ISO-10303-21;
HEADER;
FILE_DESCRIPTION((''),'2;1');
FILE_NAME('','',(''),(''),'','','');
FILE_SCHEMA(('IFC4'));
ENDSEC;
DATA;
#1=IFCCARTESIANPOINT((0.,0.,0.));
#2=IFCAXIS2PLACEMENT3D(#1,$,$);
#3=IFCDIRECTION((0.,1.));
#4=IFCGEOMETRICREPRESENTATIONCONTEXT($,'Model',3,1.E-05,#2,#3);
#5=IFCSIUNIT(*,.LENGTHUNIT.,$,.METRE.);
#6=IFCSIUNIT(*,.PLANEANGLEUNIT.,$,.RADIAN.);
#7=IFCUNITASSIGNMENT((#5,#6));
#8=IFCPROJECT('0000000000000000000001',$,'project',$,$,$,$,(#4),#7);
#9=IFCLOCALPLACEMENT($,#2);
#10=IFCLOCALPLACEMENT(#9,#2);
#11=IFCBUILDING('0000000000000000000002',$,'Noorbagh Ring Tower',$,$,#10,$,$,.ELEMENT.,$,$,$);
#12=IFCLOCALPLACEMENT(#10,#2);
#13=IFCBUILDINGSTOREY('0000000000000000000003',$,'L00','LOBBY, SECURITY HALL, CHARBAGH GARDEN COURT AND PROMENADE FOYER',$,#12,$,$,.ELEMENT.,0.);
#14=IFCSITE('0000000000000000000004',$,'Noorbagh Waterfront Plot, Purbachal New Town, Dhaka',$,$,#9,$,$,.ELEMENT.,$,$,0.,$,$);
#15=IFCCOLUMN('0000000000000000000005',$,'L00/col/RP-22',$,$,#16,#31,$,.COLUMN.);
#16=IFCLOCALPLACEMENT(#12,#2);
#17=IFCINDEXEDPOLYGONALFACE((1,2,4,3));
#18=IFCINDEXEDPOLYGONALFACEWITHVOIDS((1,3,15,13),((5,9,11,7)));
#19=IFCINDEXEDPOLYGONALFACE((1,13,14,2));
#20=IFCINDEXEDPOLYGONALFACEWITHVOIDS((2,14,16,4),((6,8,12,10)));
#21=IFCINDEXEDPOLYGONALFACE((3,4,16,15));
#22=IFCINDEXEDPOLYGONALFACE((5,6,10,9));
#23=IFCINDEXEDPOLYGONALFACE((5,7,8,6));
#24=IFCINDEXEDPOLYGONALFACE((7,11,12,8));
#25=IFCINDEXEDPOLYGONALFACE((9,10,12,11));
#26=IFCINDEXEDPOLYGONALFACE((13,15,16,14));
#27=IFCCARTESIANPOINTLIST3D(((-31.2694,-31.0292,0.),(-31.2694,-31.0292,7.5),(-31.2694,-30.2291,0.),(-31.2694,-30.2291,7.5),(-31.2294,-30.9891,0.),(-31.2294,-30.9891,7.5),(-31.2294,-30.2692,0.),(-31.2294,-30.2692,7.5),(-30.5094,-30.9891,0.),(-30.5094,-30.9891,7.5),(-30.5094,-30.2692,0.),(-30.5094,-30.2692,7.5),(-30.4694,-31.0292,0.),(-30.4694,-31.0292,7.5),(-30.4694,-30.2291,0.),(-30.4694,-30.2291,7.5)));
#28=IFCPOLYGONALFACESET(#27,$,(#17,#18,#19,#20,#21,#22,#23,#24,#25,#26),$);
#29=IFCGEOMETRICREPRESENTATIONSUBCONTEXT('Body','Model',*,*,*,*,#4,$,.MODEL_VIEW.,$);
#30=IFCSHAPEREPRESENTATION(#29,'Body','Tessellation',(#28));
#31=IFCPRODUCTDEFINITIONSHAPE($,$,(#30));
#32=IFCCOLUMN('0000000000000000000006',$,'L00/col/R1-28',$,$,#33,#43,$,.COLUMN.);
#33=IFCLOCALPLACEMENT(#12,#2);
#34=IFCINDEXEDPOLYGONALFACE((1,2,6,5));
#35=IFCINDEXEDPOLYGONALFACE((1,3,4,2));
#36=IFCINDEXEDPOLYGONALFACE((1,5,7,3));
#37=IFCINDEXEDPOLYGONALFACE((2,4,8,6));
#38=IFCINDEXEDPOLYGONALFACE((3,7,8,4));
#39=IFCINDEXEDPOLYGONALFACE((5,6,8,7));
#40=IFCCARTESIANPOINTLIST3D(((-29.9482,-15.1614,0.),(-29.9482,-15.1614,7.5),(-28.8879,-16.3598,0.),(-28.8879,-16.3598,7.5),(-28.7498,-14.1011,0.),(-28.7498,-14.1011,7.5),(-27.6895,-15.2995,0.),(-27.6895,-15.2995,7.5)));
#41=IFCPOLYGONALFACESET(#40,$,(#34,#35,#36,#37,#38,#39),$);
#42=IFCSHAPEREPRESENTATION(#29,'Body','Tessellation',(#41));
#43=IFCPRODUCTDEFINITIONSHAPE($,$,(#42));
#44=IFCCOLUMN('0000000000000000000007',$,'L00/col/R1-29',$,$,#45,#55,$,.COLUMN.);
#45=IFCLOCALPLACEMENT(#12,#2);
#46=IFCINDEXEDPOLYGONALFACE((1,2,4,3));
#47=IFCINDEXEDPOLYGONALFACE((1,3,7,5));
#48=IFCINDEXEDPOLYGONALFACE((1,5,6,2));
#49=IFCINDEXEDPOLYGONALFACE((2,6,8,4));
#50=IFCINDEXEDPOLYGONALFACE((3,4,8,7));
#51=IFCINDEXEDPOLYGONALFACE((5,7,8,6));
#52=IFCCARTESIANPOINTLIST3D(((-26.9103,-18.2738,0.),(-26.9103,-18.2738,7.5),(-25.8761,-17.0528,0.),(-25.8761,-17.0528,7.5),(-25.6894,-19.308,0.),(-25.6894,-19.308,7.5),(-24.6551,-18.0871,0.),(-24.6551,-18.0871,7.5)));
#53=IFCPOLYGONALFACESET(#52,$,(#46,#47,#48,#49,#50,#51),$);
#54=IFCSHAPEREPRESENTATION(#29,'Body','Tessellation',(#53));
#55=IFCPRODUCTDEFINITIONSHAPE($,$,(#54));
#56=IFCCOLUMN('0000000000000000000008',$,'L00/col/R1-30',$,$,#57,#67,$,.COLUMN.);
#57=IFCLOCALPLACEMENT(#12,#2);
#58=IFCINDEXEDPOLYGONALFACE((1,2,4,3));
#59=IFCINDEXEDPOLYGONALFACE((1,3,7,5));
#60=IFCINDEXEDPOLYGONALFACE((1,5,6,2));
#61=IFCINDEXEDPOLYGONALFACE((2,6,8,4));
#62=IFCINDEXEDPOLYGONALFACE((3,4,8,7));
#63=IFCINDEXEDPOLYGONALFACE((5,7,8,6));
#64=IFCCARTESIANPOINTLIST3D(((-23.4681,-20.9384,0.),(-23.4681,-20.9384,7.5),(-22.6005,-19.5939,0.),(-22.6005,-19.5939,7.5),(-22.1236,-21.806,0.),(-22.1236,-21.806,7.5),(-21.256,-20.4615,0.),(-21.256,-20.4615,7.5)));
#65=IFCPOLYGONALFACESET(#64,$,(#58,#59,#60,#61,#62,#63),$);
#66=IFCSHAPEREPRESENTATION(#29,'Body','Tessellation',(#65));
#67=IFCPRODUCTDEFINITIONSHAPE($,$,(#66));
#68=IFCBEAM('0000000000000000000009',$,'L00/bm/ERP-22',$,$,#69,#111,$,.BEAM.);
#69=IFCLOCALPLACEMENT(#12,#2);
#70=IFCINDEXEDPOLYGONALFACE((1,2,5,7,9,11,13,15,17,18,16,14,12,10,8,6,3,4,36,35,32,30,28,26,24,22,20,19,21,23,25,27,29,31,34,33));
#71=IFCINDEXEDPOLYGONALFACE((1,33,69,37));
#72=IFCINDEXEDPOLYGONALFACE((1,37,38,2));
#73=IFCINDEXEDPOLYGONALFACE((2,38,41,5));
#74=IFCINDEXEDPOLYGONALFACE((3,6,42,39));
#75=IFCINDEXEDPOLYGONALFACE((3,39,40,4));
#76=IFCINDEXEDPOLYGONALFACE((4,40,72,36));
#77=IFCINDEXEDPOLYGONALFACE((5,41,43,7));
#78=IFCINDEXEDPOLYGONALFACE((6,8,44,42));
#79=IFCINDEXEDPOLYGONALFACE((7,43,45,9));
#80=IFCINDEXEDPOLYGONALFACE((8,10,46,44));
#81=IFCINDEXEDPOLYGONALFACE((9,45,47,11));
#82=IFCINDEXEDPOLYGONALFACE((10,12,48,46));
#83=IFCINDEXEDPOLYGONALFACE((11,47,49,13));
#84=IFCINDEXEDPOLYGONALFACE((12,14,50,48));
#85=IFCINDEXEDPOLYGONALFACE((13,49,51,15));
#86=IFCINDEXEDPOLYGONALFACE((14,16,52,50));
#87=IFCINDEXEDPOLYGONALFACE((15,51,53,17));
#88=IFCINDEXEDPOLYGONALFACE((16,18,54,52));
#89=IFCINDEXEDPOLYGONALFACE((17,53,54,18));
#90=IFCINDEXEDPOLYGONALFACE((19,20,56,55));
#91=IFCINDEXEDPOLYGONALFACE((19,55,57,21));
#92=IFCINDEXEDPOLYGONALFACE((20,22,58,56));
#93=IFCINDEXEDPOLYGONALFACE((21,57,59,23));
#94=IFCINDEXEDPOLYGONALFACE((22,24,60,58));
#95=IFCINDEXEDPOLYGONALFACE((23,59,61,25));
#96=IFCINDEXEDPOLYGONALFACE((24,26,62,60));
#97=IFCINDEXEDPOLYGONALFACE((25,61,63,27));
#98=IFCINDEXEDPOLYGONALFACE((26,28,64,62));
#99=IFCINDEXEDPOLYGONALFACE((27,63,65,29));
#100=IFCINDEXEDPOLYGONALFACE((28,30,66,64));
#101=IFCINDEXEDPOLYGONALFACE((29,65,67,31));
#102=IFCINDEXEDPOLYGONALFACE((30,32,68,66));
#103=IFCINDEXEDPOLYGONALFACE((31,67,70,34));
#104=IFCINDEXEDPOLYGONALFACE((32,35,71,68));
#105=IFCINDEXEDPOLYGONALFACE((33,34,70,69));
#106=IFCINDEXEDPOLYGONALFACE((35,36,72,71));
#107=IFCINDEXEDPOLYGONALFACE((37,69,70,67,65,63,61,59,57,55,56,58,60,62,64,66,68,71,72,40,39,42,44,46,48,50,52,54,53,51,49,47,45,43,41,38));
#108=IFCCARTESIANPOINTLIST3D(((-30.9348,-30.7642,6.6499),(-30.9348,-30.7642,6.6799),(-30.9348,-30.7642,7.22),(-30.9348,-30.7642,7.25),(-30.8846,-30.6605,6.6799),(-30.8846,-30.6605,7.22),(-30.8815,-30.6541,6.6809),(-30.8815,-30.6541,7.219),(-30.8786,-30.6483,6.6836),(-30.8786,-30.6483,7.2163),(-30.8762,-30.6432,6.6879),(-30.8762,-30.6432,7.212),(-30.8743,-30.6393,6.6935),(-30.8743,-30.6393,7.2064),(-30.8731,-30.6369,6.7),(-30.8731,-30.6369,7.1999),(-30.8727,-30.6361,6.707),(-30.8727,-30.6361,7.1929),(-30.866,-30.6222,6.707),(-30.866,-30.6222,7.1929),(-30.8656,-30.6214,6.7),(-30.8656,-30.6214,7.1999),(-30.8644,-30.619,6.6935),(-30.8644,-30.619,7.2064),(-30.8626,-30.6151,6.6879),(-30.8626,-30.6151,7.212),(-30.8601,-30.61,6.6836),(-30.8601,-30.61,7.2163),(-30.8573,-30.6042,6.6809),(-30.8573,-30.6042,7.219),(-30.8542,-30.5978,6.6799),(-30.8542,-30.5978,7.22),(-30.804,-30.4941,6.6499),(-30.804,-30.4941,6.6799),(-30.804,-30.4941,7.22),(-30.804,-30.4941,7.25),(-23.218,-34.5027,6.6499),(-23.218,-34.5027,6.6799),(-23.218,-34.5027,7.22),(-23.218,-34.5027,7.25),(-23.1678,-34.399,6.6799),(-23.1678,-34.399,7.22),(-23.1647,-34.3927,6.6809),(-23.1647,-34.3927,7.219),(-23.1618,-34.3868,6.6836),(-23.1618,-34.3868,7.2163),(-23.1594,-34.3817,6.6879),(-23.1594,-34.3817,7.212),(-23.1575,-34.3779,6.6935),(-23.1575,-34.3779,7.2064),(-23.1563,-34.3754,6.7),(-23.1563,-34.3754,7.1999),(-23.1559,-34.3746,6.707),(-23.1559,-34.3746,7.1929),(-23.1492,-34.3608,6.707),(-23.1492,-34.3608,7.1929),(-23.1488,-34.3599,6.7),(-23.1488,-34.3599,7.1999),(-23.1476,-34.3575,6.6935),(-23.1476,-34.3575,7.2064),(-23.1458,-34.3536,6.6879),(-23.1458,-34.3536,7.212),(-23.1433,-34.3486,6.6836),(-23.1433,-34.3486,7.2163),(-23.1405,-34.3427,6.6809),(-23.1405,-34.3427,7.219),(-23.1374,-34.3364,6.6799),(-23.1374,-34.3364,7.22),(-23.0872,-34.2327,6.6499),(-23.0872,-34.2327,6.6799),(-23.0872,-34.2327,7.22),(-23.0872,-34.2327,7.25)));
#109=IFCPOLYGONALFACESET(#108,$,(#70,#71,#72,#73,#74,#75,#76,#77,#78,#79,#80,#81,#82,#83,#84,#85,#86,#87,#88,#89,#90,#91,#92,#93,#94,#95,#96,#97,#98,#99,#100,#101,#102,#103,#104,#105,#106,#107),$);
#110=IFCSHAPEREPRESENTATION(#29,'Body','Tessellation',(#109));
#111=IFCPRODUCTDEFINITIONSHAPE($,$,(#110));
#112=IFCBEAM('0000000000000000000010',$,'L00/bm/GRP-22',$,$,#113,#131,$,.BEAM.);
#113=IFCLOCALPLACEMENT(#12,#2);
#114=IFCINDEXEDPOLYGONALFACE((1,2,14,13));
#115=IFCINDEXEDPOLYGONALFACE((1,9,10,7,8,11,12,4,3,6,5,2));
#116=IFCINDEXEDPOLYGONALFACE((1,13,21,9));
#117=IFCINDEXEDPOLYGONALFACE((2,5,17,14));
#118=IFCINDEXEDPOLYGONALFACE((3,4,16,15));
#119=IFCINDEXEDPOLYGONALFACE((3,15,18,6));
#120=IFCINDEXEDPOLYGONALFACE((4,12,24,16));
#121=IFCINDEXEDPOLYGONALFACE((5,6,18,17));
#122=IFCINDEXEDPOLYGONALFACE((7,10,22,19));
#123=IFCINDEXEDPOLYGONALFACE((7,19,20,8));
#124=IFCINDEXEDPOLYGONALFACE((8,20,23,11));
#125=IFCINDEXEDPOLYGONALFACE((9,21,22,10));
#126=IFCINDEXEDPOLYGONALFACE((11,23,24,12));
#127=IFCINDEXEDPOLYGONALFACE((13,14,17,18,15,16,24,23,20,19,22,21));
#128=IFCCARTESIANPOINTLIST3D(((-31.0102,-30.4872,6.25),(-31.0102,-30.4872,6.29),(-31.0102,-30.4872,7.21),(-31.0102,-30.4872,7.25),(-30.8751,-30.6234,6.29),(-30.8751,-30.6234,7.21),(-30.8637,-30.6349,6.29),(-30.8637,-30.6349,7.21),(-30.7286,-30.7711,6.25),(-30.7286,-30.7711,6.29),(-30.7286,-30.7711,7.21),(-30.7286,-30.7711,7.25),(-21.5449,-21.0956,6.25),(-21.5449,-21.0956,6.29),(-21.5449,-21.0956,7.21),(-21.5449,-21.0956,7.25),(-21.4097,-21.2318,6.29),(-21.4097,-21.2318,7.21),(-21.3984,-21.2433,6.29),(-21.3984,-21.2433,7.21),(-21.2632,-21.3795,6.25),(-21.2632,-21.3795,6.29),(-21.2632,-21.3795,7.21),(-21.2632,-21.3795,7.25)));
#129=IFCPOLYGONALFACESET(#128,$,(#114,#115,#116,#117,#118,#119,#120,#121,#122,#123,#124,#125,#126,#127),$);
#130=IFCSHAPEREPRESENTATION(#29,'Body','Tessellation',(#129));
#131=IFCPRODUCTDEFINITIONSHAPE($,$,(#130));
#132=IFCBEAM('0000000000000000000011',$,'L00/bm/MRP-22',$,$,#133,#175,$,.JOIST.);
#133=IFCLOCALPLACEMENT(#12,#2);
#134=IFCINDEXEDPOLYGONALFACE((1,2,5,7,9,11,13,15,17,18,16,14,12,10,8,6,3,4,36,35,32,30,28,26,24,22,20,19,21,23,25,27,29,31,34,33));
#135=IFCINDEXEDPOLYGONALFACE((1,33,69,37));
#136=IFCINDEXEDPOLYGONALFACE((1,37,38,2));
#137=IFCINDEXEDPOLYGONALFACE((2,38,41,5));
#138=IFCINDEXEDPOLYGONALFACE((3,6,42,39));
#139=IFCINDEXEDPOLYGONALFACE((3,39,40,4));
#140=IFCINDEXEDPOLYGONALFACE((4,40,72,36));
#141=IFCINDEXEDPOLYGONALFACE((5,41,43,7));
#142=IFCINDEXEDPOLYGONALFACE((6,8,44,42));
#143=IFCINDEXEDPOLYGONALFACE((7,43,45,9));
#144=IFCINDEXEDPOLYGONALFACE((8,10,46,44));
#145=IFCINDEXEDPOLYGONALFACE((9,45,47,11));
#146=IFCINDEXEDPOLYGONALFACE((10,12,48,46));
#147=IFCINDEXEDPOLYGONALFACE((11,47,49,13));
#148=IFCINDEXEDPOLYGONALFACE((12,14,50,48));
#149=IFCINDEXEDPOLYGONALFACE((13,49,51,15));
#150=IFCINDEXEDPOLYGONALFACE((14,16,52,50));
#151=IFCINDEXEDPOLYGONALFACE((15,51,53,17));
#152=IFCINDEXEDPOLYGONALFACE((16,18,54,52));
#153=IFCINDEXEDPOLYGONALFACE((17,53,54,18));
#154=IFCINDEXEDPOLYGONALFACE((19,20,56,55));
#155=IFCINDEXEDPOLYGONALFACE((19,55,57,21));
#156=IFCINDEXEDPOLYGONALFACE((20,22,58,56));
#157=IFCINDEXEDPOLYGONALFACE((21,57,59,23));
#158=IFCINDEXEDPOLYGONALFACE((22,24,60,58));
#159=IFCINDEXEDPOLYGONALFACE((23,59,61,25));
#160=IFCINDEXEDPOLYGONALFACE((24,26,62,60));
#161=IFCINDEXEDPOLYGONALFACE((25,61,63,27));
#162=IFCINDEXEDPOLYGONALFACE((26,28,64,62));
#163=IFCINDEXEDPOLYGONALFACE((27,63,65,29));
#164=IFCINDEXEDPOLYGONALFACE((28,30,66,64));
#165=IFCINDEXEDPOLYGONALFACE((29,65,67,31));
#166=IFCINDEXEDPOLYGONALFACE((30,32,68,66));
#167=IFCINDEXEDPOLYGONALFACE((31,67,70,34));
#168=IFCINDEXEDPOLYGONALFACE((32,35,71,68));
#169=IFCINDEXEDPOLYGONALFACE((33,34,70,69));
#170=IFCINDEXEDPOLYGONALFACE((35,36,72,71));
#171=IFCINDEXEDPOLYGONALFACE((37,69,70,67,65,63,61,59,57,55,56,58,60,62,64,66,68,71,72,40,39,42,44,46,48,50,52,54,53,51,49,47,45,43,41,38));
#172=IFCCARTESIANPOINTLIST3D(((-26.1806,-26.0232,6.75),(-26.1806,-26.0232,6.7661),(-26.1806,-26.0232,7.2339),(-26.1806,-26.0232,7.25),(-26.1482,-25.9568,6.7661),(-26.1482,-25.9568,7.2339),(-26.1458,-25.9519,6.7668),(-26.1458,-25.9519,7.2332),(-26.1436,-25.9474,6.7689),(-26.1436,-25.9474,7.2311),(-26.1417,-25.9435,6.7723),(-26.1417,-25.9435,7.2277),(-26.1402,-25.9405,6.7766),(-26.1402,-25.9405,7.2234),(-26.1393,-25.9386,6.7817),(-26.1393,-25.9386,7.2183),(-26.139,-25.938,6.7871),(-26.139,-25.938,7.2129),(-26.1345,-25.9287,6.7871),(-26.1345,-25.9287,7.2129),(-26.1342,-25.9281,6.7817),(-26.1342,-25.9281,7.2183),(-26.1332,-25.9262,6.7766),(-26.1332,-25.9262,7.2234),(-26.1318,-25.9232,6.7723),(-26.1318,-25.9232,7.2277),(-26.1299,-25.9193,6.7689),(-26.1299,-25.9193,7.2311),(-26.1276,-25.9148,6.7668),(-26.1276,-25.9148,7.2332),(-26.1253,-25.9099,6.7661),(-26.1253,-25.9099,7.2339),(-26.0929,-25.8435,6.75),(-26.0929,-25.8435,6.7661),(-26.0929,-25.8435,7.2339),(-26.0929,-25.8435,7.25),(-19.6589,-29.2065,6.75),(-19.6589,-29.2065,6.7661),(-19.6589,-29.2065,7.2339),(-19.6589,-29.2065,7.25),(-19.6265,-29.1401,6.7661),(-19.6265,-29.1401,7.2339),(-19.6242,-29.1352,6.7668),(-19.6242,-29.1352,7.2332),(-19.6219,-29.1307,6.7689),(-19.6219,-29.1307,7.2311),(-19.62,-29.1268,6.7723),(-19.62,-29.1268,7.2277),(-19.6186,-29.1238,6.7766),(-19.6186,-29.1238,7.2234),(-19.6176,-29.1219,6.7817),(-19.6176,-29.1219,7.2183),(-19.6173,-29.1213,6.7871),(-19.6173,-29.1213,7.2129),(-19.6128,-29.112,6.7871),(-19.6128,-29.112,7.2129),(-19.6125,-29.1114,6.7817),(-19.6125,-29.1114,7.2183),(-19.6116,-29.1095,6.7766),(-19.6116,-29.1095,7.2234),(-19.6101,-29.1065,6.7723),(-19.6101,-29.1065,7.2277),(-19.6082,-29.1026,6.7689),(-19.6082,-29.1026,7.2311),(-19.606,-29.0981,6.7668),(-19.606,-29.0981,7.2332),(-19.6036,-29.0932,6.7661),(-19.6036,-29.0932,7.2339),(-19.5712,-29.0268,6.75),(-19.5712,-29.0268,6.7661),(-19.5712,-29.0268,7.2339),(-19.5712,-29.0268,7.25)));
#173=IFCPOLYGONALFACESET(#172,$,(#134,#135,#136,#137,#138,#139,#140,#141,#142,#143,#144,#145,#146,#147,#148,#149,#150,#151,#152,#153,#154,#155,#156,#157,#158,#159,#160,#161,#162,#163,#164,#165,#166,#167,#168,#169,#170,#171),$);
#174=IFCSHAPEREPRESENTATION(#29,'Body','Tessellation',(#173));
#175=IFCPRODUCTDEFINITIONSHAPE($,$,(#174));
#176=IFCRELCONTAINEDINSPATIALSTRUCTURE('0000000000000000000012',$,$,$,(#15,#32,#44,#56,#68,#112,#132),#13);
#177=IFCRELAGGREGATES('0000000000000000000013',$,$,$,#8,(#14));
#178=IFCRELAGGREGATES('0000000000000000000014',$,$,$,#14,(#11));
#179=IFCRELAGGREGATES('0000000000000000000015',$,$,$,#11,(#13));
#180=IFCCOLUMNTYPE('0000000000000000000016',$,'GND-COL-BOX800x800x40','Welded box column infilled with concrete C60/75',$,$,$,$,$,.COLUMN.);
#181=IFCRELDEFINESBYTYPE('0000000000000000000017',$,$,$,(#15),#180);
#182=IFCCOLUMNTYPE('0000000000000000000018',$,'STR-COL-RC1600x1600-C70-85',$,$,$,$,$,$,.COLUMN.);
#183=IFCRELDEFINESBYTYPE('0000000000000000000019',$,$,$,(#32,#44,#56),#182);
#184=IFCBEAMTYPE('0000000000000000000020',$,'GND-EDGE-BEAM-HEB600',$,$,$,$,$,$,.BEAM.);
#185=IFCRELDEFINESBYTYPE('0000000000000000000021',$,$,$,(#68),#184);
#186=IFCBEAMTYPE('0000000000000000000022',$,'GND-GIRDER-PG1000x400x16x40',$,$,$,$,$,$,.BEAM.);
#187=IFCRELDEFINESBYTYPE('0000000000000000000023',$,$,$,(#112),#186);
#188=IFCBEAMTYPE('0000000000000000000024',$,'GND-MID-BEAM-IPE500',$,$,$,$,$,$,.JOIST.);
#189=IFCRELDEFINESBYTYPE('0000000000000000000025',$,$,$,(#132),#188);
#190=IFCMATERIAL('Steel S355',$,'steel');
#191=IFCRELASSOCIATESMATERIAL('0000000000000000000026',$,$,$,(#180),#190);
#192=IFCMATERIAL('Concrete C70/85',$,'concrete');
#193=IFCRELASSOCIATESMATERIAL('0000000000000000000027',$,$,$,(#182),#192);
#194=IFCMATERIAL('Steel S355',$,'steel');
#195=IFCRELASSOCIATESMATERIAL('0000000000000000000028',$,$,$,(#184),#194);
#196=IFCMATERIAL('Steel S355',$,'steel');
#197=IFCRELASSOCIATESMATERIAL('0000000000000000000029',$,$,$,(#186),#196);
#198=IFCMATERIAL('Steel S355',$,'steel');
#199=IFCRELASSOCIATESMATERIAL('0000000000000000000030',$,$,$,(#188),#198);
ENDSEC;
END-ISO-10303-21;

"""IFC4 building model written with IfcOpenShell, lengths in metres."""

from ifc_helpers import new_model, si_unit, direction, frame, origin, origin_2d, place, context, subcontext, project, spatial, rectangle, hollow_rectangle, i_section, extrude, material, material_profile, profile_set, type_object, element, save


model = new_model("IFC4")

# Units and contexts
model_context = context("Model", 3, precision=1e-05, world=origin(), true_north=direction((0.0, 1.0)))
body_context = subcontext(model_context, "Body", "Model", "MODEL_VIEW")
ifc_project = project(units=[si_unit("LENGTHUNIT", "METRE"), si_unit("PLANEANGLEUNIT", "RADIAN")], contexts=[model_context])

# Site, building, storey
site_placement = place(None, origin())
site = spatial("IfcSite", under=ifc_project, at=site_placement, Name="Noorbagh Waterfront Plot, Purbachal New Town, Dhaka", CompositionType="ELEMENT", RefElevation=0.0)
building_placement = place(site_placement, origin())
building = spatial("IfcBuilding", under=site, at=building_placement, Name="Noorbagh Ring Tower", CompositionType="ELEMENT")
storey_placement = place(building_placement, origin())
storey = spatial("IfcBuildingStorey", under=building, at=storey_placement, Name="L00", Description="LOBBY, SECURITY HALL, CHARBAGH GARDEN COURT AND PROMENADE FOYER", CompositionType="ELEMENT", Elevation=0.0)

# Columns
ifc_material_1 = material(Name="Steel S355", Category="steel")
ifc_material_profile_1 = material_profile(ifc_material_1, hollow_rectangle(XDim=0.8, YDim=0.8, WallThickness=0.04, at=origin_2d()), Name="BOX800x800x40")
ifc_profile_set_1 = profile_set([ifc_material_profile_1], Name="Steel S355")
column_type_1 = type_object("IfcColumnType", Name="GND-COL-BOX800x800x40", Description="Welded box column infilled with concrete C60/75", PredefinedType="COLUMN", material=ifc_profile_set_1)
column_placement = place(storey_placement, frame((-30.8694, -30.6292, 0.0), z_axis=(0.0, 0.0, 1.0), x_axis=(1.0, 0.0, 0.0)))
element("IfcColumn", 1, at=column_placement, inside=storey, type_object=column_type_1, Name="L00/col/RP-22", PredefinedType="COLUMN", context=body_context, shape_type="SweptSolid", body=[
    extrude(hollow_rectangle(XDim=0.8, YDim=0.8, WallThickness=0.04, at=origin_2d()), origin(), (0.0, 0.0, 1.0), 7.5),
])
ifc_material_2 = material(Name="Concrete C70/85", Category="concrete")
ifc_material_profile_2 = material_profile(ifc_material_2, rectangle(XDim=1.6001, YDim=1.6001, at=origin_2d()), Name="RC1600x1600")
ifc_profile_set_2 = profile_set([ifc_material_profile_2], Name="Concrete C70/85")
column_type_2 = type_object("IfcColumnType", Name="STR-COL-RC1600x1600-C70-85", PredefinedType="COLUMN", material=ifc_profile_set_2)
for number, where, z_axis, x_axis, name in (
    (2, (-28.8188, -15.2305, 0.0), (0.0, 0.0, 1.0), (0.662636, -0.748942, 0.0), "L00/col/R1-28"),
    (3, (-25.7827, -18.1804, 0.0), (0.0, 0.0, 1.0), (0.763035, -0.646357, 0.0), "L00/col/R1-29"),
    (4, (-22.3621, -20.7, 0.0), (0.0, 0.0, 1.0), (0.840248, -0.542203, 0.0), "L00/col/R1-30"),
):
    element("IfcColumn", number, at=place(storey_placement, frame(where, z_axis=z_axis, x_axis=x_axis)), inside=storey, type_object=column_type_2, Name=name, PredefinedType="COLUMN", context=body_context, shape_type="SweptSolid", body=[
        extrude(rectangle(XDim=1.6001, YDim=1.6001, at=origin_2d()), origin(), (0.0, 0.0, 1.0), 7.5),
    ])

# Beams
ifc_material_3 = material(Name="Steel S355", Category="steel")
ifc_material_profile_3 = material_profile(ifc_material_3, i_section(OverallWidth=0.3, OverallDepth=0.6001, WebThickness=0.0154, FlangeThickness=0.03, FilletRadius=0.0271, at=origin_2d()), Name="HEB600")
ifc_profile_set_3 = profile_set([ifc_material_profile_3], Name="Steel S355")
beam_type_1 = type_object("IfcBeamType", Name="GND-EDGE-BEAM-HEB600", PredefinedType="BEAM", material=ifc_profile_set_3)
beam_1_placement = place(storey_placement, frame((-30.8694, -30.6292, 6.95), z_axis=(0.899949, -0.435995, 0.0), x_axis=(0.435995, 0.899949, 0.0)))
element("IfcBeam", 5, at=beam_1_placement, inside=storey, type_object=beam_type_1, Name="L00/bm/ERP-22", PredefinedType="BEAM", context=body_context, shape_type="SweptSolid", body=[
    extrude(i_section(OverallWidth=0.3, OverallDepth=0.6001, WebThickness=0.0154, FlangeThickness=0.03, FilletRadius=0.0271, at=origin_2d()), origin(), (0.0, 0.0, 1.0), 8.5747),
])
ifc_material_4 = material(Name="Steel S355", Category="steel")
ifc_material_profile_4 = material_profile(ifc_material_4, i_section(OverallWidth=0.3999, OverallDepth=1.0, WebThickness=0.0161, FlangeThickness=0.04, at=origin_2d()), Name="PG1000x400x16x40")
ifc_profile_set_4 = profile_set([ifc_material_profile_4], Name="Steel S355")
beam_type_2 = type_object("IfcBeamType", Name="GND-GIRDER-PG1000x400x16x40", PredefinedType="BEAM", material=ifc_profile_set_4)
beam_2_placement = place(storey_placement, frame((-30.8694, -30.6292, 6.75), z_axis=(0.709866, 0.704337, 0.0), x_axis=(-0.704337, 0.709866, 0.0)))
element("IfcBeam", 6, at=beam_2_placement, inside=storey, type_object=beam_type_2, Name="L00/bm/GRP-22", PredefinedType="BEAM", context=body_context, shape_type="SweptSolid", body=[
    extrude(i_section(OverallWidth=0.3999, OverallDepth=1.0, WebThickness=0.0161, FlangeThickness=0.04, at=origin_2d()), origin(), (0.0, 0.0, 1.0), 13.334),
])
ifc_material_5 = material(Name="Steel S355", Category="steel")
ifc_material_profile_5 = material_profile(ifc_material_5, i_section(OverallWidth=0.2, OverallDepth=0.5, WebThickness=0.0103, FlangeThickness=0.0161, FilletRadius=0.021, at=origin_2d()), Name="IPE500")
ifc_profile_set_5 = profile_set([ifc_material_profile_5], Name="Steel S355")
beam_type_3 = type_object("IfcBeamType", Name="GND-MID-BEAM-IPE500", PredefinedType="JOIST", material=ifc_profile_set_5)
beam_3_placement = place(storey_placement, frame((-26.1367, -25.9333, 7.0), z_axis=(0.898659, -0.438648, 0.0), x_axis=(0.438648, 0.898659, 0.0)))
element("IfcBeam", 7, at=beam_3_placement, inside=storey, type_object=beam_type_3, Name="L00/bm/MRP-22", PredefinedType="JOIST", context=body_context, shape_type="SweptSolid", body=[
    extrude(i_section(OverallWidth=0.2, OverallDepth=0.5, WebThickness=0.0103, FlangeThickness=0.0161, FilletRadius=0.021, at=origin_2d()), origin(), (0.0, 0.0, 1.0), 7.2571),
])

save(model, "model.ifc")
